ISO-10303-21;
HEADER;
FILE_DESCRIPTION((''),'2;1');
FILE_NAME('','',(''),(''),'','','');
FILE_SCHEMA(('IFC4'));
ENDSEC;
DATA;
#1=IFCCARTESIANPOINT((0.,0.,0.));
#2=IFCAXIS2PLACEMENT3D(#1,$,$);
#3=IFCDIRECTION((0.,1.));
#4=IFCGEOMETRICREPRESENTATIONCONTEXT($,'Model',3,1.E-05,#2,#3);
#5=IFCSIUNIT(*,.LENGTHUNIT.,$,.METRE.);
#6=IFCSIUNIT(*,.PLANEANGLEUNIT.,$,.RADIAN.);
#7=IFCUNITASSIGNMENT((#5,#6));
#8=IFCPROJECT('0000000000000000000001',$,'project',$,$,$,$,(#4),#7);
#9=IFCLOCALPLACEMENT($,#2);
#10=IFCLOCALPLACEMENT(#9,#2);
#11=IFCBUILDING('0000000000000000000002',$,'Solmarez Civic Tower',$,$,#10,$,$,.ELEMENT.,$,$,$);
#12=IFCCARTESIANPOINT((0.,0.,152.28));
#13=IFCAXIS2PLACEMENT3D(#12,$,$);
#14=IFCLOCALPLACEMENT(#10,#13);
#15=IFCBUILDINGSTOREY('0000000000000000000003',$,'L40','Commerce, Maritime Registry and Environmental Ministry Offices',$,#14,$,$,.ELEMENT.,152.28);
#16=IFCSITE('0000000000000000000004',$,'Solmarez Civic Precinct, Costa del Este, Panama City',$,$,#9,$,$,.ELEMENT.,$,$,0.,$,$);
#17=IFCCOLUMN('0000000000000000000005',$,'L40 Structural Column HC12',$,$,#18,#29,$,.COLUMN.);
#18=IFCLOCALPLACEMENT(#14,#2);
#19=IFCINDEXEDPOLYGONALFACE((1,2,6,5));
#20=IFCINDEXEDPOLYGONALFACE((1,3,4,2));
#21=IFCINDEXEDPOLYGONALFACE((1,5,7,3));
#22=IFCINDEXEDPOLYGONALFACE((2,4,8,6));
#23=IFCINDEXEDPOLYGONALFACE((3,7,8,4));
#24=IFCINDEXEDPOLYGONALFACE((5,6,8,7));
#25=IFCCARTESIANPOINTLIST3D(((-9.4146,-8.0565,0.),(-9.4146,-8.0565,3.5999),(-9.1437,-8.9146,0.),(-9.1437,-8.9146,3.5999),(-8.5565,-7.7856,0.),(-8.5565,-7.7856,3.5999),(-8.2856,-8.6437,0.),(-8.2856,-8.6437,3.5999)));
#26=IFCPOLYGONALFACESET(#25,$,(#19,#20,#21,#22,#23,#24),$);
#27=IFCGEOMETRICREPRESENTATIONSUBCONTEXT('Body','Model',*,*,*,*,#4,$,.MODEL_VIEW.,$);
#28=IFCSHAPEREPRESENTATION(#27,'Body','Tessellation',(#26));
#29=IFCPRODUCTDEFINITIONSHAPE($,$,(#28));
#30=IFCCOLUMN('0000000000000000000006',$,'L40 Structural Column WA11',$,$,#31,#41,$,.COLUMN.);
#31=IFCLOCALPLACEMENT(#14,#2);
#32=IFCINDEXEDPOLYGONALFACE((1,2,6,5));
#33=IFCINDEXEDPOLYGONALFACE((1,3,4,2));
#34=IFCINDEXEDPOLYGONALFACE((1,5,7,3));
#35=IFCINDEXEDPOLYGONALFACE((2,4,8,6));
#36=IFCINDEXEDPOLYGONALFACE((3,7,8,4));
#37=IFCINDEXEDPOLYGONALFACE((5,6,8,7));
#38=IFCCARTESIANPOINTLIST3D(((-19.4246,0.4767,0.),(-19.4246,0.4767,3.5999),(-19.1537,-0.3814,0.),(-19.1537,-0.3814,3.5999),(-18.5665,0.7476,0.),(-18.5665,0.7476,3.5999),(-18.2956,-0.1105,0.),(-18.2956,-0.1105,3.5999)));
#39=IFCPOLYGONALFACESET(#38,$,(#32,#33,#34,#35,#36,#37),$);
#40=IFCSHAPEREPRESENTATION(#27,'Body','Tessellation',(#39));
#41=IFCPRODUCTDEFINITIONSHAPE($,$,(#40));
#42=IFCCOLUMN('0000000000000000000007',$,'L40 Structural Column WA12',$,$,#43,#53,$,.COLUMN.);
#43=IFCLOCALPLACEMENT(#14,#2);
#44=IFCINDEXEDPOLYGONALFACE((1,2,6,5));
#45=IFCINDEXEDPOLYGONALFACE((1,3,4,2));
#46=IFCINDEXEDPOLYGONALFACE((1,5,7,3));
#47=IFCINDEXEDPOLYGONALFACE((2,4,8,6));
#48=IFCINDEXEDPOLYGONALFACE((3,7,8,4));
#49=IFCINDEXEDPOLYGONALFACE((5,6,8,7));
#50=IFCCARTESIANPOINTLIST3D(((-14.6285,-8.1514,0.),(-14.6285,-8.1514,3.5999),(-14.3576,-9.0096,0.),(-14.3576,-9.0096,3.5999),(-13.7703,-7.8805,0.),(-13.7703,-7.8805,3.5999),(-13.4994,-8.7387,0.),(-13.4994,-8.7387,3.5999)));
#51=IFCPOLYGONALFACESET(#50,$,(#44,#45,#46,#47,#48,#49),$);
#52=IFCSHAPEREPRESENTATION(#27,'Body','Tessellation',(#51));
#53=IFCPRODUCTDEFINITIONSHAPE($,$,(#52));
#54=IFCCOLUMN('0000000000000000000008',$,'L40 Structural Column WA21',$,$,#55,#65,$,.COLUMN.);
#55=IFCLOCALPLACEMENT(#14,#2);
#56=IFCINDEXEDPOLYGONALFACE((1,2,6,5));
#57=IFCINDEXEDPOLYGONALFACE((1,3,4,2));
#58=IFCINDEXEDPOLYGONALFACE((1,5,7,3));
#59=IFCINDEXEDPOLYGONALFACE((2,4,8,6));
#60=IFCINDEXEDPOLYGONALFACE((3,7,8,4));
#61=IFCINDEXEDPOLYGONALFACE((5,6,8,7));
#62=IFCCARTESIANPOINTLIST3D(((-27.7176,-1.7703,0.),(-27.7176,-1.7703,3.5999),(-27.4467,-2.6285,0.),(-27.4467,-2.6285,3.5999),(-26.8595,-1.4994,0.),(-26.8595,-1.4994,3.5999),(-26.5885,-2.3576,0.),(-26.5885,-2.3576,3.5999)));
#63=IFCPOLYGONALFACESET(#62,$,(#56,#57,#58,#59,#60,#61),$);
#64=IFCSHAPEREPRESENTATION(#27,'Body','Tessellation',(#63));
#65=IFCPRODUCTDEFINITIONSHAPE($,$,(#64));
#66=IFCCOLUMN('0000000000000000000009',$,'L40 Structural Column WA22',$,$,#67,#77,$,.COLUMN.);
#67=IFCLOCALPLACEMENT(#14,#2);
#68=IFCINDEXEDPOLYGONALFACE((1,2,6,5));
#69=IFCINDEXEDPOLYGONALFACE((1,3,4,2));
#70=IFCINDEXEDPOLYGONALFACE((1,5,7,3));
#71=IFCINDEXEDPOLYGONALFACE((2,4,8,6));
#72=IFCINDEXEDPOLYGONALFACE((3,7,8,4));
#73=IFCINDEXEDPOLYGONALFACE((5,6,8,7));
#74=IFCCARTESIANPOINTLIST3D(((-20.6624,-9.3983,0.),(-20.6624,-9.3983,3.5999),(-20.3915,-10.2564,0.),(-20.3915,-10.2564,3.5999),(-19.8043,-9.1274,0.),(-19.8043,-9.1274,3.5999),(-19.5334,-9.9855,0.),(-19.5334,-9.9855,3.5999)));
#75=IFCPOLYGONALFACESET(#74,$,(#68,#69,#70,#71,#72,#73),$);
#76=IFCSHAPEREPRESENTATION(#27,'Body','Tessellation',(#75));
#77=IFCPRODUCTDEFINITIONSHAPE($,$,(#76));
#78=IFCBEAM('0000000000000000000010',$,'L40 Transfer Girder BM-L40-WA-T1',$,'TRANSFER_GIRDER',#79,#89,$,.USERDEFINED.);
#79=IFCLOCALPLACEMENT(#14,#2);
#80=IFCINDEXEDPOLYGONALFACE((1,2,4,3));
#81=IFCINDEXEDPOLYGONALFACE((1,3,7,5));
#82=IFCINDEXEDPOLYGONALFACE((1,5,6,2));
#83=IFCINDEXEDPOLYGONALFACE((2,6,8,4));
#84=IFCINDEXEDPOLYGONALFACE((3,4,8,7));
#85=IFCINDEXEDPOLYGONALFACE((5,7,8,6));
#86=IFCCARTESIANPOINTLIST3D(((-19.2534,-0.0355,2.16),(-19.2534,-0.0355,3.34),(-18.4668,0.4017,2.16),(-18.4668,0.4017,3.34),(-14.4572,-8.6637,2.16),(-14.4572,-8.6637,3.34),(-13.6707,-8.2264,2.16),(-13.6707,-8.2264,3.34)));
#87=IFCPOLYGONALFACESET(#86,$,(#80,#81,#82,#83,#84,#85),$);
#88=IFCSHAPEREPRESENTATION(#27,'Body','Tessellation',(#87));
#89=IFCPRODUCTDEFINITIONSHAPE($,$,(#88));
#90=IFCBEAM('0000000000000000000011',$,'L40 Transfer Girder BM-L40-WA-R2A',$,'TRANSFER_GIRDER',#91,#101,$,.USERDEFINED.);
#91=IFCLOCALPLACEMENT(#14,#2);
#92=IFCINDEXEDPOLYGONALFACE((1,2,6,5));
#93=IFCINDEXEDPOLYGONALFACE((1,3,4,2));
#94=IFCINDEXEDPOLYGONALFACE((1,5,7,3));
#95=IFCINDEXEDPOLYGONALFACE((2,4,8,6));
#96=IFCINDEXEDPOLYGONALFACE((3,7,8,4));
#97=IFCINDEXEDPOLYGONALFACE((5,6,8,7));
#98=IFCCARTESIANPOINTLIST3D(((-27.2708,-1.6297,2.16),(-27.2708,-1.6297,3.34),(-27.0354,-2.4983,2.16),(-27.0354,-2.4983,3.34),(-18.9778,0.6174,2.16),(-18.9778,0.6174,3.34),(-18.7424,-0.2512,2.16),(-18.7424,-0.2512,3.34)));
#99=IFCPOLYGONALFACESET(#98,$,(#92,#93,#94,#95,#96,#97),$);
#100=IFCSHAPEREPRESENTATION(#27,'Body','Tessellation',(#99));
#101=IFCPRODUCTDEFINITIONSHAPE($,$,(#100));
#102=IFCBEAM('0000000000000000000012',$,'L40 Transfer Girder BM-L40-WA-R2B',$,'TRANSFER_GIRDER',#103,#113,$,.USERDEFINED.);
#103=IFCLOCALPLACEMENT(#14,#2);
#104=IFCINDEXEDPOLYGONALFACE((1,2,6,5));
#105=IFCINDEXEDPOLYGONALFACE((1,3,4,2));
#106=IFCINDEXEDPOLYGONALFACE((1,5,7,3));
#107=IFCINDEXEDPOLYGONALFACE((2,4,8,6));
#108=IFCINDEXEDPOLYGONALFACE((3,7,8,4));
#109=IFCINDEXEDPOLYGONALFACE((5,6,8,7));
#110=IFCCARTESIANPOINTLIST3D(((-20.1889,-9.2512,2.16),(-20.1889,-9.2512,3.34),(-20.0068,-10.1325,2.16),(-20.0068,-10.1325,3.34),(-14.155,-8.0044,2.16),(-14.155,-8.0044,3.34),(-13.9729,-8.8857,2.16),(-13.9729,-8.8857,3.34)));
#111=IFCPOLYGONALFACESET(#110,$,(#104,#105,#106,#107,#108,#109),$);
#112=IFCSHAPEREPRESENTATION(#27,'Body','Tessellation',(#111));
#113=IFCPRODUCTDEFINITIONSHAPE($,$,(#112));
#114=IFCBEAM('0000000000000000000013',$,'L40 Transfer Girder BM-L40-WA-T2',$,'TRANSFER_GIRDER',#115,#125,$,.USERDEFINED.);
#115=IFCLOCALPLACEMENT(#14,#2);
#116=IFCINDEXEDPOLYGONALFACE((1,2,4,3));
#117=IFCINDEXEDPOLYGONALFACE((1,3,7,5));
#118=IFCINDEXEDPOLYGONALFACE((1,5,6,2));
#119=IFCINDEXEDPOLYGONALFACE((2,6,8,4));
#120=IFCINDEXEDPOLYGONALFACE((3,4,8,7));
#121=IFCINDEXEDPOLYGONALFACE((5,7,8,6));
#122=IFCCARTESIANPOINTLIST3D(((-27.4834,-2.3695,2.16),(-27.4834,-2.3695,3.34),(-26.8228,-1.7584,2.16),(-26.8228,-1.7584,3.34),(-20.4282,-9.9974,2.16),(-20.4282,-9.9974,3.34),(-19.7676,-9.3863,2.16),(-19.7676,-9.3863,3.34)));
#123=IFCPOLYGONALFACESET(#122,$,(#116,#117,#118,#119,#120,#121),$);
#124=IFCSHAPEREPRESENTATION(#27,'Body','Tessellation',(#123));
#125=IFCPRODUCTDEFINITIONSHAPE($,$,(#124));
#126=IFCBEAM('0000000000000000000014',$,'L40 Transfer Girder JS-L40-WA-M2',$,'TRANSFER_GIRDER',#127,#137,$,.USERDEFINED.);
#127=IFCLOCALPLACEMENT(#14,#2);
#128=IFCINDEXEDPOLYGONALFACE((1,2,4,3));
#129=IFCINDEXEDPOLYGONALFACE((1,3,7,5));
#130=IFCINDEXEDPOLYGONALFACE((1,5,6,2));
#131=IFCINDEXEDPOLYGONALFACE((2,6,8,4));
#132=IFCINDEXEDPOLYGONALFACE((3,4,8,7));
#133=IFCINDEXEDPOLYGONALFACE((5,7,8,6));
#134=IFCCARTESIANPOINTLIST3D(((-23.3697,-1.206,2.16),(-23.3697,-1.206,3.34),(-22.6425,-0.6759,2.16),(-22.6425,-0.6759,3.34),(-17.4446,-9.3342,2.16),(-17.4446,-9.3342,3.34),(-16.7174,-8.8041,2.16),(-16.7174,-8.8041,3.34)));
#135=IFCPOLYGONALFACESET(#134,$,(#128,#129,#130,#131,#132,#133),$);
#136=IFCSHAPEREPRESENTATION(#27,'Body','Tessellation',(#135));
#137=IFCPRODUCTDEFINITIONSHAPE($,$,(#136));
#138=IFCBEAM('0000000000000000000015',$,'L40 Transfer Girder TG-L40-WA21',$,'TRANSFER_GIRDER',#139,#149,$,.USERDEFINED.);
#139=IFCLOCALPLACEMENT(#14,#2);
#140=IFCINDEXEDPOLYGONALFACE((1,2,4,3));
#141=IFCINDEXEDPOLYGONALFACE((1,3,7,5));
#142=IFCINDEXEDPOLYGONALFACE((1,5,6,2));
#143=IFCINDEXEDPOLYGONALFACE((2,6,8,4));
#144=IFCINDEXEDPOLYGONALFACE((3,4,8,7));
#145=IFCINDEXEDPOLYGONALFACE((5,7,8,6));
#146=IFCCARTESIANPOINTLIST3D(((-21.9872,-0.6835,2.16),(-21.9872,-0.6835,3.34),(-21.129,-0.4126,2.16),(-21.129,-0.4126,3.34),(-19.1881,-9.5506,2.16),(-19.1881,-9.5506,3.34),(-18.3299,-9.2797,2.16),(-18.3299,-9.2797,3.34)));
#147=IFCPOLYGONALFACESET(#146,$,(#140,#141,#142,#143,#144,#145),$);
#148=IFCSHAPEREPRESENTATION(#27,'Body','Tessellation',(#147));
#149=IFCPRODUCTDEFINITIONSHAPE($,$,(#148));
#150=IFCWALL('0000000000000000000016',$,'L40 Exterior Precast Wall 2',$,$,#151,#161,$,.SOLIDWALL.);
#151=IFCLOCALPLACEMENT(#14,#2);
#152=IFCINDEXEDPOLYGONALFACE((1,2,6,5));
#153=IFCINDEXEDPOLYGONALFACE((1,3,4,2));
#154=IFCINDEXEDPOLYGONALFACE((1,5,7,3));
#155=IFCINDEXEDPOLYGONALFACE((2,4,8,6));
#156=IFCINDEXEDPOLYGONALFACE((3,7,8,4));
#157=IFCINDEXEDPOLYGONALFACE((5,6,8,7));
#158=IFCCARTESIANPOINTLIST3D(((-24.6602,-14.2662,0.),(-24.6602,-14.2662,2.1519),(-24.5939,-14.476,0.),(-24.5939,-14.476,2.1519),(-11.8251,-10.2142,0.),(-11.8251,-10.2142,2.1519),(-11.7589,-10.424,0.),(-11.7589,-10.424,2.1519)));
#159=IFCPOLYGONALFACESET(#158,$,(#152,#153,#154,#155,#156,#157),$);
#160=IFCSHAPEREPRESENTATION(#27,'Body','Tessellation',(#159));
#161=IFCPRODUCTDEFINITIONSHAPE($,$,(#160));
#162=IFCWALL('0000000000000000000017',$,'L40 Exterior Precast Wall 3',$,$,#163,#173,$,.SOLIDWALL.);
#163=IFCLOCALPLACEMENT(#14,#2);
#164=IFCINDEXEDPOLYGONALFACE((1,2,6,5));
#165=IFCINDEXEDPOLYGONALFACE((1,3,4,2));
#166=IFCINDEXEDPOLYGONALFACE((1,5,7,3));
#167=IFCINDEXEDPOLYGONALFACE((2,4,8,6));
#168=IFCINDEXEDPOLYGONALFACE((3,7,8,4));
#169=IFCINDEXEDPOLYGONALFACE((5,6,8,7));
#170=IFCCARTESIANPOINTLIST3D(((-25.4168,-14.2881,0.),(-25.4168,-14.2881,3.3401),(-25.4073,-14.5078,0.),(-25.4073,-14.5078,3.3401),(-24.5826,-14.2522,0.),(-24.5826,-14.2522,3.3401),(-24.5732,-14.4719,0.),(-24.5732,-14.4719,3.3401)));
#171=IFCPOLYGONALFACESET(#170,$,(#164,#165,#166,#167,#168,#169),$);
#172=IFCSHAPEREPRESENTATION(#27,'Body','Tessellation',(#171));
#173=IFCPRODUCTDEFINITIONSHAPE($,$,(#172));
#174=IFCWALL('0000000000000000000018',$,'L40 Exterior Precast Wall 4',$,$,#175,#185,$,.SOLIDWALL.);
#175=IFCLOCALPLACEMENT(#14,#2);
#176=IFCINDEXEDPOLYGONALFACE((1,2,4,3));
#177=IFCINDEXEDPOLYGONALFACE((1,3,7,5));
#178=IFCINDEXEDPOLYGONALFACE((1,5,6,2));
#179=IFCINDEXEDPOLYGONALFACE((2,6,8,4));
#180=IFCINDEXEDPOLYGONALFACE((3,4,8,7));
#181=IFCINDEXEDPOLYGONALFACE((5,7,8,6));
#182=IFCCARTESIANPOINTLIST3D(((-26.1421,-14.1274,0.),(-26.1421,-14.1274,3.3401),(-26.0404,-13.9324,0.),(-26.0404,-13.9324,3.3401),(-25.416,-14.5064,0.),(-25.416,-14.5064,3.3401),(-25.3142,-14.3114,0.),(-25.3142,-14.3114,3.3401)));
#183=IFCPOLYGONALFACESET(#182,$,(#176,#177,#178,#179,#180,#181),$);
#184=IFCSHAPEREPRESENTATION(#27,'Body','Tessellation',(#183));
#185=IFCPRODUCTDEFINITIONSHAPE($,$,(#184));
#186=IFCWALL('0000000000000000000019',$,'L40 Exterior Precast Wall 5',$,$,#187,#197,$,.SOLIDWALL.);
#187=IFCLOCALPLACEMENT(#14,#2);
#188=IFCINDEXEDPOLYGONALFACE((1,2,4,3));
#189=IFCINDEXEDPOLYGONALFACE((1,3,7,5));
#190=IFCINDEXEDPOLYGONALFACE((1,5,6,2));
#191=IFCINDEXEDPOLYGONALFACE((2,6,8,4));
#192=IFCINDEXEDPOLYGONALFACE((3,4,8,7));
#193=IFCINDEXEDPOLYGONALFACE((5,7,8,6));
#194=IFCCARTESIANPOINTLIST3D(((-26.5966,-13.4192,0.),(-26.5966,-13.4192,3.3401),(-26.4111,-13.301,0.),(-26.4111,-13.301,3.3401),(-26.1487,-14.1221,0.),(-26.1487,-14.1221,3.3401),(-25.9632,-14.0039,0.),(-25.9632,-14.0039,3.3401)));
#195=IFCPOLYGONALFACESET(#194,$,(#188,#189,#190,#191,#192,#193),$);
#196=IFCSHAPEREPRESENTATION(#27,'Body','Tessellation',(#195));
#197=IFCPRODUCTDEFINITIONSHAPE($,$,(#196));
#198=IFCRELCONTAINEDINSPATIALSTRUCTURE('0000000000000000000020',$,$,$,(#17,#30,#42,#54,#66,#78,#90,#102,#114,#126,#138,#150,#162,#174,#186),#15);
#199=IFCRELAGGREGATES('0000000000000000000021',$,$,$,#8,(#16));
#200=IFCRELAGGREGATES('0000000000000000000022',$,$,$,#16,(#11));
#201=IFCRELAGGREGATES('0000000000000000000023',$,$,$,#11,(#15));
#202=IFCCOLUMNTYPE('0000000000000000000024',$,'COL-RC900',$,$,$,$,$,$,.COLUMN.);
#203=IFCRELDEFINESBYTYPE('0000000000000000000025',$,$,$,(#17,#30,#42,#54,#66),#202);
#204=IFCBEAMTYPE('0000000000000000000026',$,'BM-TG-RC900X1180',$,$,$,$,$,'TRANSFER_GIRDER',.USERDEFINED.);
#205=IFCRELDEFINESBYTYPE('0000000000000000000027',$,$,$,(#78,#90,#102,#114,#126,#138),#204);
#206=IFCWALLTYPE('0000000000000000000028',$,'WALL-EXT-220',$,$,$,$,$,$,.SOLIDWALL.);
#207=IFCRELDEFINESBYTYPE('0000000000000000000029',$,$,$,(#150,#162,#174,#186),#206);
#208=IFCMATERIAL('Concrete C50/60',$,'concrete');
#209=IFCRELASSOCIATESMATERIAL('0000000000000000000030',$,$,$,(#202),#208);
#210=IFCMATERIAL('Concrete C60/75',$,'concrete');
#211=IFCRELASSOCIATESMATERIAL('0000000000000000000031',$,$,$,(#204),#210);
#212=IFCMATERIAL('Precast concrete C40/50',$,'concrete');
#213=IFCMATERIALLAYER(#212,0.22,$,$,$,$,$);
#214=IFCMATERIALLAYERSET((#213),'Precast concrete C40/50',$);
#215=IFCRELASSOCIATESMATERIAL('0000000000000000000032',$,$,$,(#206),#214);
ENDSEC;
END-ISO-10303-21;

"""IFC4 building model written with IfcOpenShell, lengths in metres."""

from ifc_helpers import new_model, si_unit, direction, frame, frame_2d, origin, origin_2d, place, context, subcontext, project, spatial, rectangle, extrude, material, layer, layer_set, material_profile, profile_set, type_object, element, save


model = new_model("IFC4")

# Units and contexts
model_context = context("Model", 3, precision=1e-05, world=origin(), true_north=direction((0.0, 1.0)))
body_context = subcontext(model_context, "Body", "Model", "MODEL_VIEW")
ifc_project = project(units=[si_unit("LENGTHUNIT", "METRE"), si_unit("PLANEANGLEUNIT", "RADIAN")], contexts=[model_context])

# Site, building, storey
site_placement = place(None, origin())
site = spatial("IfcSite", under=ifc_project, at=site_placement, Name="Solmarez Civic Precinct, Costa del Este, Panama City", CompositionType="ELEMENT", RefElevation=0.0)
building_placement = place(site_placement, origin())
building = spatial("IfcBuilding", under=site, at=building_placement, Name="Solmarez Civic Tower", CompositionType="ELEMENT")
storey_placement = place(building_placement, frame((0.0, 0.0, 152.28)))
storey = spatial("IfcBuildingStorey", under=building, at=storey_placement, Name="L40", Description="Commerce, Maritime Registry and Environmental Ministry Offices", CompositionType="ELEMENT", Elevation=152.28)

# Columns
ifc_material_1 = material(Name="Concrete C50/60", Category="concrete")
ifc_material_profile_1 = material_profile(ifc_material_1, rectangle(XDim=0.8999, YDim=0.8999, at=origin_2d()), Name="RC900X900")
ifc_profile_set_1 = profile_set([ifc_material_profile_1], Name="Concrete C50/60")
column_type = type_object("IfcColumnType", Name="COL-RC900", PredefinedType="COLUMN", material=ifc_profile_set_1)
for number, where, z_axis, x_axis, name in (
    (1, (-8.8501, -8.3501, 0.0), (0.0, 0.0, 1.0), (0.953612, 0.301039, 0.0), "L40 Structural Column HC12"),
    (2, (-18.8601, 0.1831, 0.0), (0.0, 0.0, 1.0), (0.953612, 0.301039, 0.0), "L40 Structural Column WA11"),
    (3, (-14.064, -8.4451, 0.0), (0.0, 0.0, 1.0), (0.953612, 0.301039, 0.0), "L40 Structural Column WA12"),
    (4, (-27.1531, -2.064, 0.0), (0.0, 0.0, 1.0), (0.953612, 0.301039, 0.0), "L40 Structural Column WA21"),
    (5, (-20.0979, -9.6919, 0.0), (0.0, 0.0, 1.0), (0.953612, 0.301039, 0.0), "L40 Structural Column WA22"),
):
    element("IfcColumn", number, at=place(storey_placement, frame(where, z_axis=z_axis, x_axis=x_axis)), inside=storey, type_object=column_type, Name=name, PredefinedType="COLUMN", context=body_context, shape_type="SweptSolid", body=[
        extrude(rectangle(XDim=0.8999, YDim=0.8999, at=origin_2d()), origin(), (0.0, 0.0, 1.0), 3.5999),
    ])

# Beams
ifc_material_2 = material(Name="Concrete C60/75", Category="concrete")
ifc_material_profile_2 = material_profile(ifc_material_2, rectangle(XDim=0.8999, YDim=1.1799, at=origin_2d()), Name="RC900X1180")
ifc_profile_set_2 = profile_set([ifc_material_profile_2], Name="Concrete C60/75")
beam_type = type_object("IfcBeamType", Name="BM-TG-RC900X1180", ElementType="TRANSFER_GIRDER", PredefinedType="USERDEFINED", material=ifc_profile_set_2)
beam_1_placement = place(storey_placement, frame((-18.8601, 0.1831, 2.75), z_axis=(0.485853, -0.874041, 0.0), x_axis=(0.874041, 0.485853, 0.0)))
element("IfcBeam", 6, at=beam_1_placement, inside=storey, type_object=beam_type, Name="L40 Transfer Girder BM-L40-WA-T1", ObjectType="TRANSFER_GIRDER", PredefinedType="USERDEFINED", context=body_context, shape_type="SweptSolid", body=[
    extrude(rectangle(XDim=0.8999, YDim=1.1799, at=origin_2d()), origin(), (0.0, 0.0, 1.0), 9.8716),
])
beam_2_placement = place(storey_placement, frame((-18.8601, 0.1831, 2.75), z_axis=(-0.965195, -0.26153, 0.0), x_axis=(0.26153, -0.965195, 0.0)))
element("IfcBeam", 7, at=beam_2_placement, inside=storey, type_object=beam_type, Name="L40 Transfer Girder BM-L40-WA-R2A", ObjectType="TRANSFER_GIRDER", PredefinedType="USERDEFINED", context=body_context, shape_type="SweptSolid", body=[
    extrude(rectangle(XDim=0.8999, YDim=1.1799, at=origin_2d()), origin(), (0.0, 0.0, 1.0), 8.592),
])
beam_3_placement = place(storey_placement, frame((-14.064, -8.4451, 2.75), z_axis=(-0.979311, -0.202361, 0.0), x_axis=(0.202361, -0.979311, 0.0)))
element("IfcBeam", 8, at=beam_3_placement, inside=storey, type_object=beam_type, Name="L40 Transfer Girder BM-L40-WA-R2B", ObjectType="TRANSFER_GIRDER", PredefinedType="USERDEFINED", context=body_context, shape_type="SweptSolid", body=[
    extrude(rectangle(XDim=0.8999, YDim=1.1799, at=origin_2d()), origin(), (0.0, 0.0, 1.0), 6.1614),
])
beam_4_placement = place(storey_placement, frame((-27.1531, -2.064, 2.75), z_axis=(0.679008, -0.734131, 0.0), x_axis=(0.734131, 0.679008, 0.0)))
element("IfcBeam", 9, at=beam_4_placement, inside=storey, type_object=beam_type, Name="L40 Transfer Girder BM-L40-WA-T2", ObjectType="TRANSFER_GIRDER", PredefinedType="USERDEFINED", context=body_context, shape_type="SweptSolid", body=[
    extrude(rectangle(XDim=0.8999, YDim=1.1799, at=origin_2d()), origin(), (0.0, 0.0, 1.0), 10.3904),
])
beam_5_placement = place(storey_placement, frame((-23.0061, -0.9409, 2.75), z_axis=(0.589059, -0.80809, 0.0), x_axis=(0.80809, 0.589059, 0.0)))
element("IfcBeam", 10, at=beam_5_placement, inside=storey, type_object=beam_type, Name="L40 Transfer Girder JS-L40-WA-M2", ObjectType="TRANSFER_GIRDER", PredefinedType="USERDEFINED", context=body_context, shape_type="SweptSolid", body=[
    extrude(rectangle(XDim=0.8999, YDim=1.1799, at=origin_2d()), origin(), (0.0, 0.0, 1.0), 10.0586),
])
beam_6_placement = place(storey_placement, frame((-21.5581, -0.5481, 2.75), z_axis=(0.301032, -0.953614, 0.0), x_axis=(0.953614, 0.301032, 0.0)))
element("IfcBeam", 11, at=beam_6_placement, inside=storey, type_object=beam_type, Name="L40 Transfer Girder TG-L40-WA21", ObjectType="TRANSFER_GIRDER", PredefinedType="USERDEFINED", context=body_context, shape_type="SweptSolid", body=[
    extrude(rectangle(XDim=0.8999, YDim=1.1799, at=origin_2d()), origin(), (0.0, 0.0, 1.0), 9.2983),
])

# Walls
ifc_material_3 = material(Name="Precast concrete C40/50", Category="concrete")
ifc_layer_1 = layer(ifc_material_3, 0.22)
ifc_layer_set_1 = layer_set([ifc_layer_1], Name="Precast concrete C40/50")
wall_type_1 = type_object("IfcWallType", Name="WALL-EXT-220", PredefinedType="SOLIDWALL", material=ifc_layer_set_1)
wall_1_placement = place(storey_placement, frame((-11.792, -10.3191, 0.0), z_axis=(0.0, 0.0, 1.0), x_axis=(-0.953607, -0.301054, 0.0)))
element("IfcWall", 12, at=wall_1_placement, inside=storey, type_object=wall_type_1, Name="L40 Exterior Precast Wall 2", PredefinedType="SOLIDWALL", context=body_context, shape_type="SweptSolid", body=[
    extrude(rectangle(XDim=13.4595, YDim=0.22, at=frame_2d((6.7297, 0.0))), origin(), (0.0, 0.0, 1.0), 2.1519),
])
wall_2_placement = place(storey_placement, frame((-24.5779, -14.3621, 0.0), z_axis=(0.0, 0.0, 1.0), x_axis=(-0.999076, -0.04298, 0.0)))
element("IfcWall", 13, at=wall_2_placement, inside=storey, type_object=wall_type_1, Name="L40 Exterior Precast Wall 3", PredefinedType="SOLIDWALL", context=body_context, shape_type="SweptSolid", body=[
    extrude(rectangle(XDim=0.835, YDim=0.22, at=frame_2d((0.4175, 0.0))), origin(), (0.0, 0.0, 1.0), 3.3401),
])
wall_3_placement = place(storey_placement, frame((-25.365, -14.4089, 0.0), z_axis=(0.0, 0.0, 1.0), x_axis=(-0.886542, 0.462648, 0.0)))
element("IfcWall", 14, at=wall_3_placement, inside=storey, type_object=wall_type_1, Name="L40 Exterior Precast Wall 4", PredefinedType="SOLIDWALL", context=body_context, shape_type="SweptSolid", body=[
    extrude(rectangle(XDim=0.8191, YDim=0.22, at=frame_2d((0.4097, 0.0))), origin(), (0.0, 0.0, 1.0), 3.3401),
])
wall_4_placement = place(storey_placement, frame((-26.0559, -14.063, 0.0), z_axis=(0.0, 0.0, 1.0), x_axis=(-0.537482, 0.843275, 0.0)))
element("IfcWall", 15, at=wall_4_placement, inside=storey, type_object=wall_type_1, Name="L40 Exterior Precast Wall 5", PredefinedType="SOLIDWALL", context=body_context, shape_type="SweptSolid", body=[
    extrude(rectangle(XDim=0.8335, YDim=0.22, at=frame_2d((0.4167, 0.0))), origin(), (0.0, 0.0, 1.0), 3.3401),
])

save(model, "model.ifc")
